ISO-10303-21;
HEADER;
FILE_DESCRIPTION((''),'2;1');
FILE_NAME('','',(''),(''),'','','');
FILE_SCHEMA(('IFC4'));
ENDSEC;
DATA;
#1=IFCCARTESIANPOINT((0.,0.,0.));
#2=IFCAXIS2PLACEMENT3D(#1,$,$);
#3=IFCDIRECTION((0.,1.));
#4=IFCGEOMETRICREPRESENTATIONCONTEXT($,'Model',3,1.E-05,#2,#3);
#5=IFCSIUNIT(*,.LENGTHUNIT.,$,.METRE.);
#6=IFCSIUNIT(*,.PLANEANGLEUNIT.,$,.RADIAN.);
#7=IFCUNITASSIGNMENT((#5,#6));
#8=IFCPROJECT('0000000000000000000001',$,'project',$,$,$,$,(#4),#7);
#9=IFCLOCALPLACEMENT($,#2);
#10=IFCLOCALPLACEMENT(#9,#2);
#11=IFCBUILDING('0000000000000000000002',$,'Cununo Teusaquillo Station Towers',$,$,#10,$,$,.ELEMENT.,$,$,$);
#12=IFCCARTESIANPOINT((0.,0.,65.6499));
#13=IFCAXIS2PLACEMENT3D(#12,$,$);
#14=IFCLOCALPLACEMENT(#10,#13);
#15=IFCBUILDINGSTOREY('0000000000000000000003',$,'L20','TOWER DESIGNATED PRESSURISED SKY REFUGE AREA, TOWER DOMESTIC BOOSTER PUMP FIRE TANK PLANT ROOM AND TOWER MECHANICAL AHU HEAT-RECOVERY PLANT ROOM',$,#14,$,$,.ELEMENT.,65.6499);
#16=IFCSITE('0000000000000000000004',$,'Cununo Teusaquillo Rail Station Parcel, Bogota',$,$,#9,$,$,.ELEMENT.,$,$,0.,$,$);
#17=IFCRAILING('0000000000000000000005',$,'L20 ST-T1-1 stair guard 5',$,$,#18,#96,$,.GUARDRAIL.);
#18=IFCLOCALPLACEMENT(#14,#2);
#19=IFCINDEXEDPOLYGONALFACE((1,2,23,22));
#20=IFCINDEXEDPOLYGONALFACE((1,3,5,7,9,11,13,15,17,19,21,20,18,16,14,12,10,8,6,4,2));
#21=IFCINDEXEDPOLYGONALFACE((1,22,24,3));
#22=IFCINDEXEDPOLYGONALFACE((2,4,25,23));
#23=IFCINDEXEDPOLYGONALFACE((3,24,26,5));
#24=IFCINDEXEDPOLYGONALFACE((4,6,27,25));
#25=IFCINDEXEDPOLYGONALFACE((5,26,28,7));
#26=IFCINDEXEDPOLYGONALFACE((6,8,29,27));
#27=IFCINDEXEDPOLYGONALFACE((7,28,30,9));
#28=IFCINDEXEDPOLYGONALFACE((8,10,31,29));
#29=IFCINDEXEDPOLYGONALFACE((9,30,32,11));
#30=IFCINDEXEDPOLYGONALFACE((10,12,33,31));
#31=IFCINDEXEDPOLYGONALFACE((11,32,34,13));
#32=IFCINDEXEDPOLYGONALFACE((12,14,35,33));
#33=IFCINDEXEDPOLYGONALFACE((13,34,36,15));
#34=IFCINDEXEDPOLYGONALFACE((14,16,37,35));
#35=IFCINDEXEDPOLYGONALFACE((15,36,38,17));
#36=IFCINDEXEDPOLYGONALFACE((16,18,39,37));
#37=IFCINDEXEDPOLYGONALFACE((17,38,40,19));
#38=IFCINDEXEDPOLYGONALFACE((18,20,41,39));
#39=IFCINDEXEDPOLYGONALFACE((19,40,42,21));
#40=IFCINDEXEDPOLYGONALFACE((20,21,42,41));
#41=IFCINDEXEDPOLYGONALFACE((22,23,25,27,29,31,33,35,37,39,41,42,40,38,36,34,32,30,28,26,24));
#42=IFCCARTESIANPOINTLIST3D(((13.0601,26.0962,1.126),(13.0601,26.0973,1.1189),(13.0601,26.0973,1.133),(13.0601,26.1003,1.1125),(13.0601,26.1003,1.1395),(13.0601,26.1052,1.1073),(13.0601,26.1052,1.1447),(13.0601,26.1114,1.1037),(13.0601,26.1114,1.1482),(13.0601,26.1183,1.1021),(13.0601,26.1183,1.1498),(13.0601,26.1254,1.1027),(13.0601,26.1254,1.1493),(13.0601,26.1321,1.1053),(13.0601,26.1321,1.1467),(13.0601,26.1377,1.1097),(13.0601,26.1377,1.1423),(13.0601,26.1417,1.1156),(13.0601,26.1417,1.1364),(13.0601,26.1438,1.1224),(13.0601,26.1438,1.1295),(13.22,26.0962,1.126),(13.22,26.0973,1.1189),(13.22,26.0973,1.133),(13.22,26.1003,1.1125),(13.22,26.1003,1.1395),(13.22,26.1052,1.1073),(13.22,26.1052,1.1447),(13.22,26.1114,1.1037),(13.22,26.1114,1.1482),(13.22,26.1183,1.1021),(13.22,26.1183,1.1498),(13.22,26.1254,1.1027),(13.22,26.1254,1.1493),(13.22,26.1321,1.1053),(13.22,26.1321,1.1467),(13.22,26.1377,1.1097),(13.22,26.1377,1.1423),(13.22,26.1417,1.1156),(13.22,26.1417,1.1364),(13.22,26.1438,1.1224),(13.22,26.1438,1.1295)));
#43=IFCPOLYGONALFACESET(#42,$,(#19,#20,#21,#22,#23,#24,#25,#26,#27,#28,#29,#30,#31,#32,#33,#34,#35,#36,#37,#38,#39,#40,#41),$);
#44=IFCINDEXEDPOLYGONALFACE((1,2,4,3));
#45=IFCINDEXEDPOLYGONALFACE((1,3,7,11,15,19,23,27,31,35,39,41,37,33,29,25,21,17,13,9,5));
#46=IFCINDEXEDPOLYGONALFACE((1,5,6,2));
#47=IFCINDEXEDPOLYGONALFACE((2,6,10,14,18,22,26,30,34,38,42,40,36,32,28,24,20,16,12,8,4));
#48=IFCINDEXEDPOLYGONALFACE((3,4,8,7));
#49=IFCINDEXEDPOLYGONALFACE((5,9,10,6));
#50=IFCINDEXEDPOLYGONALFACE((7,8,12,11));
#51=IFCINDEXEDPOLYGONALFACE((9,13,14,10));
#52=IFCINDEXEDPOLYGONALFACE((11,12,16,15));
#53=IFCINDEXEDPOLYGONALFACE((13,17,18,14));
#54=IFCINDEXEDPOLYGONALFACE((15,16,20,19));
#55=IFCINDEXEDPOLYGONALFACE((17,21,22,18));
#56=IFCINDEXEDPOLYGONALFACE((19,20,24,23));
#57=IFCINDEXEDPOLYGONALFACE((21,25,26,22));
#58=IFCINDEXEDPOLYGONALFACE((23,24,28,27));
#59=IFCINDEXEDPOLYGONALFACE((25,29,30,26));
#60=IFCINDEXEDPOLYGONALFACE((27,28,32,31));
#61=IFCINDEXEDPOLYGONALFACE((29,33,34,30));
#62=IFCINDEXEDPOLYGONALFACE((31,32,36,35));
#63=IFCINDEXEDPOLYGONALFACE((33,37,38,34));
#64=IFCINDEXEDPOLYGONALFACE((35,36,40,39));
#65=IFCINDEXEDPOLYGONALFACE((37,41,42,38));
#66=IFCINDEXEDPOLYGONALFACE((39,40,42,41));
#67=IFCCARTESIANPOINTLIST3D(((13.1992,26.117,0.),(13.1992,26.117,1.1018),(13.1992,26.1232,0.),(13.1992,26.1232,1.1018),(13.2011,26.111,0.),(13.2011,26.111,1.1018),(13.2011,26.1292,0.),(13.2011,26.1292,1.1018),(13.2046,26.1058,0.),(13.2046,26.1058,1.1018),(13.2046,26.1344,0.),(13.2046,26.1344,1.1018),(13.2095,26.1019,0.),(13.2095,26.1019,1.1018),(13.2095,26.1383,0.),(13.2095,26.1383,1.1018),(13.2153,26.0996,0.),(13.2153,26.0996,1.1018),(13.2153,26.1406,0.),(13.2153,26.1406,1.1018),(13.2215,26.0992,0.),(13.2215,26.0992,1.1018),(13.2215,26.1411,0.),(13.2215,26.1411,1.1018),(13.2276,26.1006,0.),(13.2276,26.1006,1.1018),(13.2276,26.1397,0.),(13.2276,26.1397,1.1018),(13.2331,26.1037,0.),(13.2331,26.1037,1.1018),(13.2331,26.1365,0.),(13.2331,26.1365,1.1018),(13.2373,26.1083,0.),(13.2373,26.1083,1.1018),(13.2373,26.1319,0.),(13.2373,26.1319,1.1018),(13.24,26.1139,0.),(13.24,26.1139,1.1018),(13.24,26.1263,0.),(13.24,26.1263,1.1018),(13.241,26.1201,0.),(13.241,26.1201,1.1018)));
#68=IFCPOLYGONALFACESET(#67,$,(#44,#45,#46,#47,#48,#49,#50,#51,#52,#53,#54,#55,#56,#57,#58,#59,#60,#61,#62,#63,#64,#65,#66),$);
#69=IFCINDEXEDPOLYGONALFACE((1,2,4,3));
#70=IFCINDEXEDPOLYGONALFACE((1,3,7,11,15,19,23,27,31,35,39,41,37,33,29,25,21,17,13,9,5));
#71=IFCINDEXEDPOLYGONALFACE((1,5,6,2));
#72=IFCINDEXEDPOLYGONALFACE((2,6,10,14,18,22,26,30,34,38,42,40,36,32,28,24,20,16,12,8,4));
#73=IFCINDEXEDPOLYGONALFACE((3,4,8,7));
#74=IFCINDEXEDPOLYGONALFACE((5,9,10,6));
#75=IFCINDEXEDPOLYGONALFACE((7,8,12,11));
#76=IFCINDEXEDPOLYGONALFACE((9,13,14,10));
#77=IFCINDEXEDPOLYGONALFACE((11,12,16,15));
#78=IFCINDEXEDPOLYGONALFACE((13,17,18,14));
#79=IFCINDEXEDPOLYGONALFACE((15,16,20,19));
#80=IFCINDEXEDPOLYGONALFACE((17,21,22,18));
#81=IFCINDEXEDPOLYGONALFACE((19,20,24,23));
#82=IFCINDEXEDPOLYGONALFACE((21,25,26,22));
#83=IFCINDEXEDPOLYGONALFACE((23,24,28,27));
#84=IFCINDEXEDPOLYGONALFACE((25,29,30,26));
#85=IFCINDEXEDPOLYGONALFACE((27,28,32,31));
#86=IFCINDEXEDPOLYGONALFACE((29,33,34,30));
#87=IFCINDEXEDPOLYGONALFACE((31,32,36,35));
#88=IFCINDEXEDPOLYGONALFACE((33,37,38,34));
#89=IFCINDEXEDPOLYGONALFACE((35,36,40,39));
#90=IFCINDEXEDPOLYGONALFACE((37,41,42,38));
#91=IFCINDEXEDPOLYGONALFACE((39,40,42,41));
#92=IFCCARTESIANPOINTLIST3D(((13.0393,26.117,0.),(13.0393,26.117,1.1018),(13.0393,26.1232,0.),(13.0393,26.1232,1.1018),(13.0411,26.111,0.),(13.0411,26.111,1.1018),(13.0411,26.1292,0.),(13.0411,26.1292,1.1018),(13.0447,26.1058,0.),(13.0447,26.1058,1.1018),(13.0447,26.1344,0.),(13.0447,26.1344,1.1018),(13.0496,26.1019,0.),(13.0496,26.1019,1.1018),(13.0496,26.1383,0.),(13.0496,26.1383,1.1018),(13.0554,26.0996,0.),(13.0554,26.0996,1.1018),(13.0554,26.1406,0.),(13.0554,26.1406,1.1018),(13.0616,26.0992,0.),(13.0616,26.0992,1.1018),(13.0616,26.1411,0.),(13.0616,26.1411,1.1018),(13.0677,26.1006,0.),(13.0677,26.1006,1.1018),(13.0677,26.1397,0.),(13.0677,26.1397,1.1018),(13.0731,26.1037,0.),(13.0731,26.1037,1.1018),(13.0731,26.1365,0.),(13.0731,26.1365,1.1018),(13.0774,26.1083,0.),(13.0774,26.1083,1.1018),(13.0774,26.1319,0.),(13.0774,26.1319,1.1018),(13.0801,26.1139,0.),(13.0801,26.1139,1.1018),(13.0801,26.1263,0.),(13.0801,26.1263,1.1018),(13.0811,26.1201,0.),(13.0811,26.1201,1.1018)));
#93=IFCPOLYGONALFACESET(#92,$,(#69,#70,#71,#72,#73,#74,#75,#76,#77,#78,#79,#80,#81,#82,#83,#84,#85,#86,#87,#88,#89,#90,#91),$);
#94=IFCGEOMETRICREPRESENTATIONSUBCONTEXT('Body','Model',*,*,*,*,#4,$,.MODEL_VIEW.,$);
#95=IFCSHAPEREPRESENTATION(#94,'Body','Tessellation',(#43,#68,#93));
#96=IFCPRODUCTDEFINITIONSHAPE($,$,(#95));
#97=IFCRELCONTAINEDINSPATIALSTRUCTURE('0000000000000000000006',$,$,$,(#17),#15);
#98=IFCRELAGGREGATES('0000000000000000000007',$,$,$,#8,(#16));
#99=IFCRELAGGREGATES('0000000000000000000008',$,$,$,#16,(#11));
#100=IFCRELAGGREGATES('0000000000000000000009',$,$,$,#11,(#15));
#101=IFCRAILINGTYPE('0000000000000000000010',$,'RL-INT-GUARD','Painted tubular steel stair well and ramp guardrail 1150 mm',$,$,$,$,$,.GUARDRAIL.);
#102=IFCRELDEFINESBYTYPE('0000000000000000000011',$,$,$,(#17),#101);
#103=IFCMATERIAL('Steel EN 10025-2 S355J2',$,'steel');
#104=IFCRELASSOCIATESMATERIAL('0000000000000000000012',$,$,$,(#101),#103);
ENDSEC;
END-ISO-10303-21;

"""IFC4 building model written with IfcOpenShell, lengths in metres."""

from ifc_helpers import new_model, si_unit, direction, frame, origin, origin_2d, place, context, subcontext, project, spatial, circle, extrude, material, type_object, element, save


model = new_model("IFC4")

# Units and contexts
model_context = context("Model", 3, precision=1e-05, world=origin(), true_north=direction((0.0, 1.0)))
body_context = subcontext(model_context, "Body", "Model", "MODEL_VIEW")
ifc_project = project(units=[si_unit("LENGTHUNIT", "METRE"), si_unit("PLANEANGLEUNIT", "RADIAN")], contexts=[model_context])

# Site, building, storey
site_placement = place(None, origin())
site = spatial("IfcSite", under=ifc_project, at=site_placement, Name="Cununo Teusaquillo Rail Station Parcel, Bogota", CompositionType="ELEMENT", RefElevation=0.0)
building_placement = place(site_placement, origin())
building = spatial("IfcBuilding", under=site, at=building_placement, Name="Cununo Teusaquillo Station Towers", CompositionType="ELEMENT")
storey_placement = place(building_placement, frame((0.0, 0.0, 65.6499)))
storey = spatial("IfcBuildingStorey", under=building, at=storey_placement, Name="L20", Description="TOWER DESIGNATED PRESSURISED SKY REFUGE AREA, TOWER DOMESTIC BOOSTER PUMP FIRE TANK PLANT ROOM AND TOWER MECHANICAL AHU HEAT-RECOVERY PLANT ROOM", CompositionType="ELEMENT", Elevation=65.6499)

# Railing
ifc_material_1 = material(Name="Steel EN 10025-2 S355J2", Category="steel")
railing_type_1 = type_object("IfcRailingType", Name="RL-INT-GUARD", Description="Painted tubular steel stair well and ramp guardrail 1150 mm", PredefinedType="GUARDRAIL", material=ifc_material_1)
railing_1_placement = place(storey_placement, frame((13.22, 26.1201, 0.0)))
element("IfcRailing", 1, at=railing_1_placement, inside=storey, type_object=railing_type_1, Name="L20 ST-T1-1 stair guard 5", PredefinedType="GUARDRAIL", context=body_context, shape_type="SweptSolid", body=[
    extrude(circle(Radius=0.0239, at=origin_2d()), frame((0.0, 0.0, 1.126), z_axis=(-1.0, 0.0, 0.0), x_axis=(0.0, -1.0, 0.0)), (0.0, 0.0, 1.0), 0.1599),
    extrude(circle(Radius=0.021, at=origin_2d()), origin(), (0.0, 0.0, 1.0), 1.1018),
    extrude(circle(Radius=0.021, at=origin_2d()), frame((-0.1599, 0.0, 0.0)), (0.0, 0.0, 1.0), 1.1018),
])

save(model, "model.ifc")
